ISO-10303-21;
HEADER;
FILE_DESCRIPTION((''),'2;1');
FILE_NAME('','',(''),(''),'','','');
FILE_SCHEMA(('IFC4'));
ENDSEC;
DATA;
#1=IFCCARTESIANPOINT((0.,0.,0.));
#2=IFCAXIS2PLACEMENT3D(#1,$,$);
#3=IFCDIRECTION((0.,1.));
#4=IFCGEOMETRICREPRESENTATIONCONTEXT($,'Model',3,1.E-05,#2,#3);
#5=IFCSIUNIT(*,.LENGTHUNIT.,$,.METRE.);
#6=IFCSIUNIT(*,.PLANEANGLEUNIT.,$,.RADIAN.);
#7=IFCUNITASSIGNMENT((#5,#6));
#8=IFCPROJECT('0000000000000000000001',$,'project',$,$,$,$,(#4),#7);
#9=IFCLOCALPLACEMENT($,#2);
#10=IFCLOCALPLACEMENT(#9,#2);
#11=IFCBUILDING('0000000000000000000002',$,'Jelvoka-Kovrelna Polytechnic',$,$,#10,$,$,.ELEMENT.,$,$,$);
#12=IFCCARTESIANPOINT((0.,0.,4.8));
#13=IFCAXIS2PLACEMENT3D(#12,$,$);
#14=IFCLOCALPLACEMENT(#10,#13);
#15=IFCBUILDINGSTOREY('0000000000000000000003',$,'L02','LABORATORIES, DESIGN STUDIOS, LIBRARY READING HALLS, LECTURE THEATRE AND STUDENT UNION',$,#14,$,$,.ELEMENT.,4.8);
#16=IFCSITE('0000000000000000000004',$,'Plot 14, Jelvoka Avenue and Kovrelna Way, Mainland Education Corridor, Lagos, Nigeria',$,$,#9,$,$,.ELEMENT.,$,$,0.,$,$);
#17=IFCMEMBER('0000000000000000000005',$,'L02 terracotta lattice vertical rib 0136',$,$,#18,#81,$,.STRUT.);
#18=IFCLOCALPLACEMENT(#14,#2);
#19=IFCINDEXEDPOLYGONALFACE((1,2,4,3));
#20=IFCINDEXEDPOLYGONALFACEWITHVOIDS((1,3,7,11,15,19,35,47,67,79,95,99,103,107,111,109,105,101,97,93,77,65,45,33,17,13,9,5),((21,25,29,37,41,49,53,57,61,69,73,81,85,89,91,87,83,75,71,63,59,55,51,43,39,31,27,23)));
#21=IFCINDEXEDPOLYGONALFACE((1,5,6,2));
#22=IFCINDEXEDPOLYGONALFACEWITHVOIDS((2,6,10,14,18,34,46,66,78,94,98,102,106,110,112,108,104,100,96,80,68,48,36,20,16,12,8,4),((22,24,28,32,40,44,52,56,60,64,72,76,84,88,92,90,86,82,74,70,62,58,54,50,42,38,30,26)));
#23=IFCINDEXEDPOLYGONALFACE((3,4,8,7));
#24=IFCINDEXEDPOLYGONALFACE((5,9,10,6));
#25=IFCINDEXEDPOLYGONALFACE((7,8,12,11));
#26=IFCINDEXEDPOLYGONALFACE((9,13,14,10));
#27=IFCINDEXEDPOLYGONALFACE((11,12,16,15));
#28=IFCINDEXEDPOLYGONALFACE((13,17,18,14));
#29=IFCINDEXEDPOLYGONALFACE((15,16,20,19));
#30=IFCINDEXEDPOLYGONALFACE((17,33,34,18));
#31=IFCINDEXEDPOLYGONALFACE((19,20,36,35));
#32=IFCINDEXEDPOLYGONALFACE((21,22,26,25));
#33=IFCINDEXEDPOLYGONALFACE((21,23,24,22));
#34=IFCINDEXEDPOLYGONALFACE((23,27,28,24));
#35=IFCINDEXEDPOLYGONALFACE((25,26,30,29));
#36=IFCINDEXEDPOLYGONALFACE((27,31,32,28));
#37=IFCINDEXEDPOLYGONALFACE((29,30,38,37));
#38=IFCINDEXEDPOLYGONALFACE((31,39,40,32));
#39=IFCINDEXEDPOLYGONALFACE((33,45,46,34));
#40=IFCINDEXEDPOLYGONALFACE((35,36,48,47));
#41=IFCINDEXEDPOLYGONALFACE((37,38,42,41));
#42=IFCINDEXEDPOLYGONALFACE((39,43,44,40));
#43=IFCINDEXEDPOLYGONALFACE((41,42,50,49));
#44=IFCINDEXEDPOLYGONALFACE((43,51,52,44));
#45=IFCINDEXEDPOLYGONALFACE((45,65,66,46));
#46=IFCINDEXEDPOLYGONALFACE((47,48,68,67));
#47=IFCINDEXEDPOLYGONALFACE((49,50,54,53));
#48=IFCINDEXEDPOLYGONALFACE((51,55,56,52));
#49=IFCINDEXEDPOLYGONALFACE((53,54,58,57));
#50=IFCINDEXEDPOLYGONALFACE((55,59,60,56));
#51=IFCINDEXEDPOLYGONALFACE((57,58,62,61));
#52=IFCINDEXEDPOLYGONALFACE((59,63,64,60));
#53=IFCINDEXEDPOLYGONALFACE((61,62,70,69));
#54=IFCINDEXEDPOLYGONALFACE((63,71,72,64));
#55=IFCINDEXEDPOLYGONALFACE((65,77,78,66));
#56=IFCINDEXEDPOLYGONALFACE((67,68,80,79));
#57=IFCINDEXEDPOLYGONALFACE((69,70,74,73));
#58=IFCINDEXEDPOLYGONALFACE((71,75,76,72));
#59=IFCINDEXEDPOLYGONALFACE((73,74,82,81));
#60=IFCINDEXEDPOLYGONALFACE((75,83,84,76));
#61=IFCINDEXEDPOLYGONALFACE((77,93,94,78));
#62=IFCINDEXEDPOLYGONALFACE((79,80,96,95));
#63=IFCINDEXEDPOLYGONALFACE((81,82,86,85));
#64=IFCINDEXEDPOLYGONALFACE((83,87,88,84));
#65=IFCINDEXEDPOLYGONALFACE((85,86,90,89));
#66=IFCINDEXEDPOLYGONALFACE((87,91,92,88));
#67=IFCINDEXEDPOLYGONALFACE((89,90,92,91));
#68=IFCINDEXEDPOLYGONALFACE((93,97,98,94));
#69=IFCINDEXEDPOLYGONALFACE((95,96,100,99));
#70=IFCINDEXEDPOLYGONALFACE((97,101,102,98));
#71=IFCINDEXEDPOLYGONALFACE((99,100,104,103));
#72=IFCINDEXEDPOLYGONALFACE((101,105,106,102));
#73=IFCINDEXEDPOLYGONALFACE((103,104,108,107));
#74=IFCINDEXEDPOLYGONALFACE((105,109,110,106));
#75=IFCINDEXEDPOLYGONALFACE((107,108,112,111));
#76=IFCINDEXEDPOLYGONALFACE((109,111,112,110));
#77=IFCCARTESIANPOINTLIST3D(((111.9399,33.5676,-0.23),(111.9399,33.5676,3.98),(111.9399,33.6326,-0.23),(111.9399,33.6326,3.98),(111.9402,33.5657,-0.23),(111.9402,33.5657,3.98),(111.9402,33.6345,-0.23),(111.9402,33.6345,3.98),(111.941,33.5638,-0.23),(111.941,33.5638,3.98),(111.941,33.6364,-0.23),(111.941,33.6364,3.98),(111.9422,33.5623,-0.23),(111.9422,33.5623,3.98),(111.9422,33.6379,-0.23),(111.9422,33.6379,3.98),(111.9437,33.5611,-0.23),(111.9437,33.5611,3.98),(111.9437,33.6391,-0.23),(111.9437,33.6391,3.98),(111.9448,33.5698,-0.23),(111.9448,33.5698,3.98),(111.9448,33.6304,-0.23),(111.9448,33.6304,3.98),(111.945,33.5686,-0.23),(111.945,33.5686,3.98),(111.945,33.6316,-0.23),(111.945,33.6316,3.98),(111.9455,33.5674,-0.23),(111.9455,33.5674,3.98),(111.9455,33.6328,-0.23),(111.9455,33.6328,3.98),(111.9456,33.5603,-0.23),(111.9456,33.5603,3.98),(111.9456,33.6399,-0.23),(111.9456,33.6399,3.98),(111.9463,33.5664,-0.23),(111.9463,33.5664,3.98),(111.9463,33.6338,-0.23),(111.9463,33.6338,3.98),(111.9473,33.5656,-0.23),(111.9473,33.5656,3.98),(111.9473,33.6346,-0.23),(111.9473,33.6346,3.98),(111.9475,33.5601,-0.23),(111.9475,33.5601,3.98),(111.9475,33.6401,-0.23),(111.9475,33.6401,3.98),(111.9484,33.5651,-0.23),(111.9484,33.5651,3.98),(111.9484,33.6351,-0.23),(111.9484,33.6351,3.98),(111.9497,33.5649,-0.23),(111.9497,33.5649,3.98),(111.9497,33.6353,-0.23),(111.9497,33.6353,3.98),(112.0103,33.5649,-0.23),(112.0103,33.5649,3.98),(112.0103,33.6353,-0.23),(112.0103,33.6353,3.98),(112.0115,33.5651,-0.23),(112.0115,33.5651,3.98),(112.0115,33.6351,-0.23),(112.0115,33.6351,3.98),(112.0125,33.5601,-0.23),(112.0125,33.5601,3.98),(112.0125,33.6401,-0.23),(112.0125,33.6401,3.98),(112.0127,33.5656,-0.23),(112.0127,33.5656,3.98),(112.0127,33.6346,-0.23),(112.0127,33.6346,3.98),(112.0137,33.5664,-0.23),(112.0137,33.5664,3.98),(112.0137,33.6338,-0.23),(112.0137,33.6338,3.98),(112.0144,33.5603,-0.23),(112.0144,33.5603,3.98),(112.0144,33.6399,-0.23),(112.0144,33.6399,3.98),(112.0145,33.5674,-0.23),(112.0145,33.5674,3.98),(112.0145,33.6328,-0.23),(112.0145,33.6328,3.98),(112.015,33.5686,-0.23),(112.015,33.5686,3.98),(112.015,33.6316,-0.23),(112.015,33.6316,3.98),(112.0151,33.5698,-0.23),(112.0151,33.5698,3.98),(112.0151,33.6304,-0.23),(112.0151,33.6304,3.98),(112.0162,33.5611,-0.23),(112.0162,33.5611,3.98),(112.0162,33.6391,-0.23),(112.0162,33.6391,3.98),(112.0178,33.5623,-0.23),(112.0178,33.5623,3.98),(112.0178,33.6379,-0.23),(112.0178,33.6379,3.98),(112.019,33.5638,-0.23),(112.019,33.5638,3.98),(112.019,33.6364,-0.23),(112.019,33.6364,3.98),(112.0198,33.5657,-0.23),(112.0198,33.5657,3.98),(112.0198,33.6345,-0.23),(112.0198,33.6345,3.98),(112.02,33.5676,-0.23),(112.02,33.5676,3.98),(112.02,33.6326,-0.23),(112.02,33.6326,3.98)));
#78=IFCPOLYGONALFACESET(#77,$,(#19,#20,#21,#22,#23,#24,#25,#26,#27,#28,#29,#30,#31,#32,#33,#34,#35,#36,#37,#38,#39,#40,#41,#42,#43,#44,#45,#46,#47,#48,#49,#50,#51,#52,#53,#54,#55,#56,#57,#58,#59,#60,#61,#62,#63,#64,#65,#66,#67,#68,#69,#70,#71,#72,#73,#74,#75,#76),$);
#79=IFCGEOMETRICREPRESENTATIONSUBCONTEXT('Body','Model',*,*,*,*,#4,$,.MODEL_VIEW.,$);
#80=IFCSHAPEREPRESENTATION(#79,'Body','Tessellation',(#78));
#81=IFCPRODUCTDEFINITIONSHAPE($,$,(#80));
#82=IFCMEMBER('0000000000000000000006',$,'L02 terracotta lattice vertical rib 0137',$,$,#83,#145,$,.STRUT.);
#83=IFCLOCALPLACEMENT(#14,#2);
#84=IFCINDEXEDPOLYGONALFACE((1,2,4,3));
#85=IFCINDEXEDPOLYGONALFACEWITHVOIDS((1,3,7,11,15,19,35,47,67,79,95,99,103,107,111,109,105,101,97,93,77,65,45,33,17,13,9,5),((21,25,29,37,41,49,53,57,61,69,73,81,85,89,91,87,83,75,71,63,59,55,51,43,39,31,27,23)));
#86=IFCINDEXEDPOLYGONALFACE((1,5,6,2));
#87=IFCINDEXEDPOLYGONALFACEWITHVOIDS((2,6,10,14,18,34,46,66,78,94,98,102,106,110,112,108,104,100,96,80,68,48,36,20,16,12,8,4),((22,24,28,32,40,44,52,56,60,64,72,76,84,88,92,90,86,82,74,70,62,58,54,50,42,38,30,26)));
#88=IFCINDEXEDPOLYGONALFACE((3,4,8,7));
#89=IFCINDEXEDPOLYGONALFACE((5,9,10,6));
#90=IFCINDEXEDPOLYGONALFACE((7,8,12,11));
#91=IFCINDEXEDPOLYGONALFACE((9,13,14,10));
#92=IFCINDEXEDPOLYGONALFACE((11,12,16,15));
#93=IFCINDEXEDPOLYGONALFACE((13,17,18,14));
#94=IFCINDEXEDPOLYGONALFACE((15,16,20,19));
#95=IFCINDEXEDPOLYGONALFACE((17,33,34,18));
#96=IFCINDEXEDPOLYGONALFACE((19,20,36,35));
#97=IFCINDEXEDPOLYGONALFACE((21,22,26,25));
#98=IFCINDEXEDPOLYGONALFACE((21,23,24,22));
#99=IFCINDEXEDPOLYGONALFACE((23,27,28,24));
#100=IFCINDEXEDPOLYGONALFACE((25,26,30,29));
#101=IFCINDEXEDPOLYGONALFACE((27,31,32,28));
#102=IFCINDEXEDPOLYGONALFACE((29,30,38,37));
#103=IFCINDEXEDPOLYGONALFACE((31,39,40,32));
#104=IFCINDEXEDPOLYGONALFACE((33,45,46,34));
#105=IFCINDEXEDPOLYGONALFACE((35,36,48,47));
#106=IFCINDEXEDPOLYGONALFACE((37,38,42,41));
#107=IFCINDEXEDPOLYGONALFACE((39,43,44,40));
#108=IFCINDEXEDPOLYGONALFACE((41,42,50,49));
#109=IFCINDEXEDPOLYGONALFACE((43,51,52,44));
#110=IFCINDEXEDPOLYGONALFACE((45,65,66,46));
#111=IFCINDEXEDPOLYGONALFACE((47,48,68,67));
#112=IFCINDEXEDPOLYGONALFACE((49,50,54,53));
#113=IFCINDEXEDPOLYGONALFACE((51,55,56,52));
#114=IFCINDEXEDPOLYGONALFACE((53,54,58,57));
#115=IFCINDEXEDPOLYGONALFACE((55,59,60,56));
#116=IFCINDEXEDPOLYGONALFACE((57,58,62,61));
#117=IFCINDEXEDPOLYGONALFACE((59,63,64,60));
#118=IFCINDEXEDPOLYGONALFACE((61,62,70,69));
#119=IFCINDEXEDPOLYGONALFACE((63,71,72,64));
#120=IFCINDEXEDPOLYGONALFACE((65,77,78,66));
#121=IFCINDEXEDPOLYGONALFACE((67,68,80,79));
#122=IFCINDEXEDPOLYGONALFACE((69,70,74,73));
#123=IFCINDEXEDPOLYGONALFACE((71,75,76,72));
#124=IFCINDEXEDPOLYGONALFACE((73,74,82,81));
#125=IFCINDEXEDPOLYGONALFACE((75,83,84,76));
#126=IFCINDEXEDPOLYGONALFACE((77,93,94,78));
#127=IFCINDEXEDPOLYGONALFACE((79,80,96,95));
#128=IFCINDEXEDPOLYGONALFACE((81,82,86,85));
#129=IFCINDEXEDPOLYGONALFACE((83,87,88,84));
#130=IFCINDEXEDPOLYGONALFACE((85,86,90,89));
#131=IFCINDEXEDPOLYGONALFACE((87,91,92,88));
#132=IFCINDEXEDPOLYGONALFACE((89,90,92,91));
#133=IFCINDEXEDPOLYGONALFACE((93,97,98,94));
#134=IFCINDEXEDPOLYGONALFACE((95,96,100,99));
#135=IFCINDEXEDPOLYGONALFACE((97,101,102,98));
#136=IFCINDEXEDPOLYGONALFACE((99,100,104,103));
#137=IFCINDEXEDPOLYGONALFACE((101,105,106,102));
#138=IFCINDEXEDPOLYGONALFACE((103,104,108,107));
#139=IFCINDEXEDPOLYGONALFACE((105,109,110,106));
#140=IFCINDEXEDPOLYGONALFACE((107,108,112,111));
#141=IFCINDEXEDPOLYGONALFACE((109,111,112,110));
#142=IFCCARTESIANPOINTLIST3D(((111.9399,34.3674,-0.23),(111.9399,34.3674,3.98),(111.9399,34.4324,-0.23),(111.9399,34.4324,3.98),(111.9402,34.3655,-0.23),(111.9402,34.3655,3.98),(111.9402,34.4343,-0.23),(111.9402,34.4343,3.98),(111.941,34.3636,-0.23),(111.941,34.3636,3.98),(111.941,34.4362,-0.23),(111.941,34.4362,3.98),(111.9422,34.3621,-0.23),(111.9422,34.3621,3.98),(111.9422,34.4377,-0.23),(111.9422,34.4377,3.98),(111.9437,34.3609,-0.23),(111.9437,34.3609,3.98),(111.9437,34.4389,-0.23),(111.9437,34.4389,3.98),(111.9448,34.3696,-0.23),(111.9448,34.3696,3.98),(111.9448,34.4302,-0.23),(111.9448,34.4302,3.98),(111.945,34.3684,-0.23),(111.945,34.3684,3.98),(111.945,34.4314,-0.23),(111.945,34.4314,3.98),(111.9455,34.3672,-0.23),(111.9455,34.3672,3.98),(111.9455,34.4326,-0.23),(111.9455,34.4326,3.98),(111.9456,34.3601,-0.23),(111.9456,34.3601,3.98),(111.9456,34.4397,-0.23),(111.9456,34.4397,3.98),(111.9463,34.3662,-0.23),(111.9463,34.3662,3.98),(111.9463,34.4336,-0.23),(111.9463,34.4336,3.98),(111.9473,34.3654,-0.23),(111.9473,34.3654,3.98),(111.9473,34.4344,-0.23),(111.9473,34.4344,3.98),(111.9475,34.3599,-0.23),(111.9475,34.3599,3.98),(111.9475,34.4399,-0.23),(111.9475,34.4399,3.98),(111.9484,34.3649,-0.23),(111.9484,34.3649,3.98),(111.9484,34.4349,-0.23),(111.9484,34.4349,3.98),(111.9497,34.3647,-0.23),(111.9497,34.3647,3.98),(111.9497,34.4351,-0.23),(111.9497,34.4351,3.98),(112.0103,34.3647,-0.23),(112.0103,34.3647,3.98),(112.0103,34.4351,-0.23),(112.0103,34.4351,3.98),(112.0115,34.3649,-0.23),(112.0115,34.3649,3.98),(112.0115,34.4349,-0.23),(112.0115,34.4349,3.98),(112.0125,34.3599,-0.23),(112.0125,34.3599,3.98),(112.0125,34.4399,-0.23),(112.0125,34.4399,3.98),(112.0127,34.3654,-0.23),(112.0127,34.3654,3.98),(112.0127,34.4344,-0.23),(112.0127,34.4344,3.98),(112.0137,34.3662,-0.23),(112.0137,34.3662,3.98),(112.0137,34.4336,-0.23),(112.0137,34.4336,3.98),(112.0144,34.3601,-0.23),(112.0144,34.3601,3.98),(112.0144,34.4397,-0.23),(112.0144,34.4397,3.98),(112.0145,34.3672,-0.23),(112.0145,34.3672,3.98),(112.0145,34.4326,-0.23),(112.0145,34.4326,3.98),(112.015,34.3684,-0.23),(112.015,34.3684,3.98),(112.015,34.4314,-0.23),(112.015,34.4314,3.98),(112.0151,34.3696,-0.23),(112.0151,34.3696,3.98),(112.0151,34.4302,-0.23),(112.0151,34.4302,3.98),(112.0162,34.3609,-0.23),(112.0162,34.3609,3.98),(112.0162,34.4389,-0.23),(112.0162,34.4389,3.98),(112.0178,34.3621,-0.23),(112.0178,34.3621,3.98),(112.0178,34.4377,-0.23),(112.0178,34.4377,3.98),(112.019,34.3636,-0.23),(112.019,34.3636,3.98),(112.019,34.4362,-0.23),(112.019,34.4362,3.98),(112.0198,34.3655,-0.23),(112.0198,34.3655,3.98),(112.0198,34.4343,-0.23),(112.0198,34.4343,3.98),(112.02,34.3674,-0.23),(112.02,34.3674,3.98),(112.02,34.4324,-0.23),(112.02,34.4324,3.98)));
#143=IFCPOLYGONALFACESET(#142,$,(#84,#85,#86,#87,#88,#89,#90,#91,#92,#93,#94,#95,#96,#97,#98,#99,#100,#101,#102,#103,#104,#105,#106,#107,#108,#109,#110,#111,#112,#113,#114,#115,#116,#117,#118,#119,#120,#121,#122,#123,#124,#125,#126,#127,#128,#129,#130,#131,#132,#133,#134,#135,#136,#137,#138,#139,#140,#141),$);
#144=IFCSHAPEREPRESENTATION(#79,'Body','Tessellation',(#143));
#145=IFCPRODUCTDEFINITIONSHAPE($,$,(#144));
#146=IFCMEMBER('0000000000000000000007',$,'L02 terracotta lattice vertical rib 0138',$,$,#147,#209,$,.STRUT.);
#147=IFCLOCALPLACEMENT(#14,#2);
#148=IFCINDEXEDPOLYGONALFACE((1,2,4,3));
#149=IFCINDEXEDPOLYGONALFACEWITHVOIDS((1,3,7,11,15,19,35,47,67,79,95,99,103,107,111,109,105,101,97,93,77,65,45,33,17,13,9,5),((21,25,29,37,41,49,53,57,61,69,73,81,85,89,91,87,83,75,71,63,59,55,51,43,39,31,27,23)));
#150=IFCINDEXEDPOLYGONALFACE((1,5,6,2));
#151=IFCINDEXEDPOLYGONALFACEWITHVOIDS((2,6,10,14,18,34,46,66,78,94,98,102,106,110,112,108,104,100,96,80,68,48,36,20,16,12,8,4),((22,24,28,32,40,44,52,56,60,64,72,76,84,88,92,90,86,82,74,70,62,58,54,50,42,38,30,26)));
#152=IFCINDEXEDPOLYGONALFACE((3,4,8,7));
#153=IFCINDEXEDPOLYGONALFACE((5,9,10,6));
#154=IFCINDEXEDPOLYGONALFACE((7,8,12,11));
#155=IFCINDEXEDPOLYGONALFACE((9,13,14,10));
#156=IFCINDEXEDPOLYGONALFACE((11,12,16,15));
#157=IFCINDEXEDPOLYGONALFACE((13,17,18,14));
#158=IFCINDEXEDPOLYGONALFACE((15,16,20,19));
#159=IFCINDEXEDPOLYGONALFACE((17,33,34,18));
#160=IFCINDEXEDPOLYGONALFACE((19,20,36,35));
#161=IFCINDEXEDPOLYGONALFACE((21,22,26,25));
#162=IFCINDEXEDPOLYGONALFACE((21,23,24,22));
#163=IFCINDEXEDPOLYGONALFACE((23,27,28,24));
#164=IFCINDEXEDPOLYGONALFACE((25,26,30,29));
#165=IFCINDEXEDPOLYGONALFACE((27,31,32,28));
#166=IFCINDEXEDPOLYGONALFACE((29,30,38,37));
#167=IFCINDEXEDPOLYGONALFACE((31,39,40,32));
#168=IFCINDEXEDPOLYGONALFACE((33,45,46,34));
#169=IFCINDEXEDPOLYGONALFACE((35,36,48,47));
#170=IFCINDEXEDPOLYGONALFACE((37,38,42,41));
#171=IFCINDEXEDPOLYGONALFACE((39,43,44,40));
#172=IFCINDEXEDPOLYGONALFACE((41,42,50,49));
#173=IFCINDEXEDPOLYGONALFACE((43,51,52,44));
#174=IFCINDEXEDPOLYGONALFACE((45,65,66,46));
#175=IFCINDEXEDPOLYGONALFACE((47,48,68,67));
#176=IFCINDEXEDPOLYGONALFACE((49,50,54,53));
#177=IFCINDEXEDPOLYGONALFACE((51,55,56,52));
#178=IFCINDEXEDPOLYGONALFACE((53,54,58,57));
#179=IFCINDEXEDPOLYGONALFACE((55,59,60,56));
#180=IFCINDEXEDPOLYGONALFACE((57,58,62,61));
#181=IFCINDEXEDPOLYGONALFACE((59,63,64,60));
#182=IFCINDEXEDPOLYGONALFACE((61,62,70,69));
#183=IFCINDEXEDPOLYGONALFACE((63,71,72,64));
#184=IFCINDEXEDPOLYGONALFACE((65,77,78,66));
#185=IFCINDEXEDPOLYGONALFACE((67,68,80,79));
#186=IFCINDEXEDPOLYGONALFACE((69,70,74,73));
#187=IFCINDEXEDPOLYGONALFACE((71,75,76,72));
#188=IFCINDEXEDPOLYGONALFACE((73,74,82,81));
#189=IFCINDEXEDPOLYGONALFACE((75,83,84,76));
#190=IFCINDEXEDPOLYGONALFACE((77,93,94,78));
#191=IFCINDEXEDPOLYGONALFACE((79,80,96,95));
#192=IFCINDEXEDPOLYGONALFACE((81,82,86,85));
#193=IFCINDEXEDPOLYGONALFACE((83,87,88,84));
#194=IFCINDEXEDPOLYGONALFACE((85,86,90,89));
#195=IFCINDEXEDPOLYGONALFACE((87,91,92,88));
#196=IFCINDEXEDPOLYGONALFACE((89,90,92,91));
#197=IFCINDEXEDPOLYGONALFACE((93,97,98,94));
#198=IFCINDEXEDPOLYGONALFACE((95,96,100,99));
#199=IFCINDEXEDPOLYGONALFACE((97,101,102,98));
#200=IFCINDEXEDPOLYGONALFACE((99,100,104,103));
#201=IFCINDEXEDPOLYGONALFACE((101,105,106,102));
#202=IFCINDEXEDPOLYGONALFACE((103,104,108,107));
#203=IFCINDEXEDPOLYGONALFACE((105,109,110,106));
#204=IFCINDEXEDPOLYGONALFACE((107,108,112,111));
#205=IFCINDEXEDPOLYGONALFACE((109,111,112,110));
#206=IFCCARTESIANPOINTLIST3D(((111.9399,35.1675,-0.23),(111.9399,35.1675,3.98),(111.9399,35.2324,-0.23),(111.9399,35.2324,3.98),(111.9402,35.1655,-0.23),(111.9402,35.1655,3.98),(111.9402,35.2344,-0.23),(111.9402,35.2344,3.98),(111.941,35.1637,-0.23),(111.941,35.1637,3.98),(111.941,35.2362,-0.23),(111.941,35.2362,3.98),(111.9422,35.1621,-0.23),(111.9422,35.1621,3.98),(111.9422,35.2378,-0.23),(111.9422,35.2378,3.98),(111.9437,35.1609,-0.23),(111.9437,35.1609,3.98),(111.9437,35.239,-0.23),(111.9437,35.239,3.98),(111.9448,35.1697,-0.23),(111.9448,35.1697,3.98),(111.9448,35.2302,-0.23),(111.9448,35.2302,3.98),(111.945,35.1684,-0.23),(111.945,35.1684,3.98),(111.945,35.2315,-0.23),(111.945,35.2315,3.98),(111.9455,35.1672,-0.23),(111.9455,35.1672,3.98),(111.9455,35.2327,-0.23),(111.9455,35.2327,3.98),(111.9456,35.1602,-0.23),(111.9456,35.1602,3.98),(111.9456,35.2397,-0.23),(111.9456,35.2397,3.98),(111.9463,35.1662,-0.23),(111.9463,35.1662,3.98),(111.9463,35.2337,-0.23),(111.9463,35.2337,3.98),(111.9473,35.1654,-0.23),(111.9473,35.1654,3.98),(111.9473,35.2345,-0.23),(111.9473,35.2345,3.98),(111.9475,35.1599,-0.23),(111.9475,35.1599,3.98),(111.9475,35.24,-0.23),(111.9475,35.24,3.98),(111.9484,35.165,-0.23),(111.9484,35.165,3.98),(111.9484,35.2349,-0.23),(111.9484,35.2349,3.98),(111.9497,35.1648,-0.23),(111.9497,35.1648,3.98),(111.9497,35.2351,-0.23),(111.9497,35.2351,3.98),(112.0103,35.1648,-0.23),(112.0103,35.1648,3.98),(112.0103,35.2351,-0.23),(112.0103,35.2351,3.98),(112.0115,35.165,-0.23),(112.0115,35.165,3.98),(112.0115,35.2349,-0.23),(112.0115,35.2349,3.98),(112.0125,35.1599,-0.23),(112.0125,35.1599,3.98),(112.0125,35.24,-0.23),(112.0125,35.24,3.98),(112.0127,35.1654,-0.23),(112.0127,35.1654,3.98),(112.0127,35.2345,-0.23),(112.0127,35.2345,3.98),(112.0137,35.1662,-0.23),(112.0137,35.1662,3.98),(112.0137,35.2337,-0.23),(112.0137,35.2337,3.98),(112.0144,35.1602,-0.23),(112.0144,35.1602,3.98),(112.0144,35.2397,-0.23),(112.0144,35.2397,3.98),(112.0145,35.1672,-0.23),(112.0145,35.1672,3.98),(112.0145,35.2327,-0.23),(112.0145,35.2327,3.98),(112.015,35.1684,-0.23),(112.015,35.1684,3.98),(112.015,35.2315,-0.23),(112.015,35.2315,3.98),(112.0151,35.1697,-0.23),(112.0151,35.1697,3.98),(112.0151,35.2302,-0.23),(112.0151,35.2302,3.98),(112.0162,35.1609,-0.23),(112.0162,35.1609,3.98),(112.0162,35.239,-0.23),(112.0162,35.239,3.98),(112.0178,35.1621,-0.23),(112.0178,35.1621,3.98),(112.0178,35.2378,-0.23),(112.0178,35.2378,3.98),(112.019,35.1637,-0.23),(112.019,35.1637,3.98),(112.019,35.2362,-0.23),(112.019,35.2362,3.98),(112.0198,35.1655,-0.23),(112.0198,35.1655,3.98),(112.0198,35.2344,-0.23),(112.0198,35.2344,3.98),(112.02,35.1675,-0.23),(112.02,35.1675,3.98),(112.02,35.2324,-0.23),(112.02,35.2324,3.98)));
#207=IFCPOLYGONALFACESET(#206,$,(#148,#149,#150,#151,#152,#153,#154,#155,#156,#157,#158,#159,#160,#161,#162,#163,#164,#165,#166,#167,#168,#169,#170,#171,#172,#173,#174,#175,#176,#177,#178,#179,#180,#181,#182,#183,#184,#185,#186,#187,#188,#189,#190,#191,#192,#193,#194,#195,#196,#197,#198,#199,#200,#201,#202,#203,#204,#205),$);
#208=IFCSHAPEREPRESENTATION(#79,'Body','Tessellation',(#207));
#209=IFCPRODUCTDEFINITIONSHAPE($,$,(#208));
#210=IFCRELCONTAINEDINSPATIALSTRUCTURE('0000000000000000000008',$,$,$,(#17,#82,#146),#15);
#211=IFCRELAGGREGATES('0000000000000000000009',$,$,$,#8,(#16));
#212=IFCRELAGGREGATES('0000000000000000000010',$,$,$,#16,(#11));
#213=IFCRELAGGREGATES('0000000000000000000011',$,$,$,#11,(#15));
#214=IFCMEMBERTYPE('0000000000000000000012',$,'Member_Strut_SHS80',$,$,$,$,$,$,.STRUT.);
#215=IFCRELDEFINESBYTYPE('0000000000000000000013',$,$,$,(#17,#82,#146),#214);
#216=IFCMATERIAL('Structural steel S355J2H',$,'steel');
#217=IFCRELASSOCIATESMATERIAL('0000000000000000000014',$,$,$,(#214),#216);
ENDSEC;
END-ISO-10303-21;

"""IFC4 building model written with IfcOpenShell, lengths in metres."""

from ifc_helpers import new_model, si_unit, direction, frame, origin, origin_2d, place, context, subcontext, project, spatial, hollow_rectangle, extrude, material, material_profile, profile_set, type_object, element, save


model = new_model("IFC4")

# Units and contexts
model_context = context("Model", 3, precision=1e-05, world=origin(), true_north=direction((0.0, 1.0)))
body_context = subcontext(model_context, "Body", "Model", "MODEL_VIEW")
ifc_project = project(units=[si_unit("LENGTHUNIT", "METRE"), si_unit("PLANEANGLEUNIT", "RADIAN")], contexts=[model_context])

# Site, building, storey
site_placement = place(None, origin())
site = spatial("IfcSite", under=ifc_project, at=site_placement, Name="Plot 14, Jelvoka Avenue and Kovrelna Way, Mainland Education Corridor, Lagos, Nigeria", CompositionType="ELEMENT", RefElevation=0.0)
building_placement = place(site_placement, origin())
building = spatial("IfcBuilding", under=site, at=building_placement, Name="Jelvoka-Kovrelna Polytechnic", CompositionType="ELEMENT")
storey_placement = place(building_placement, frame((0.0, 0.0, 4.8)))
storey = spatial("IfcBuildingStorey", under=building, at=storey_placement, Name="L02", Description="LABORATORIES, DESIGN STUDIOS, LIBRARY READING HALLS, LECTURE THEATRE AND STUDENT UNION", CompositionType="ELEMENT", Elevation=4.8)

# Members
ifc_material_1 = material(Name="Structural steel S355J2H", Category="steel")
ifc_material_profile_1 = material_profile(ifc_material_1, hollow_rectangle(XDim=0.0801, YDim=0.0801, WallThickness=0.0049, InnerFilletRadius=0.0049, OuterFilletRadius=0.0076, at=origin_2d()), Name="80x80x5.0 SHS")
ifc_profile_set_1 = profile_set([ifc_material_profile_1], Name="Structural steel S355J2H")
member_type_1 = type_object("IfcMemberType", Name="Member_Strut_SHS80", PredefinedType="STRUT", material=ifc_profile_set_1)
for number, where, z_axis, x_axis, name in (
    (1, (111.98, 33.6001, -0.23), (0.0, 0.0, 1.0), (1.0, 0.0, 0.0), "L02 terracotta lattice vertical rib 0136"),
    (2, (111.98, 34.3999, -0.23), (0.0, 0.0, 1.0), (1.0, 0.0, 0.0), "L02 terracotta lattice vertical rib 0137"),
    (3, (111.98, 35.2, -0.23), (0.0, 0.0, 1.0), (1.0, 0.0, 0.0), "L02 terracotta lattice vertical rib 0138"),
):
    element("IfcMember", number, at=place(storey_placement, frame(where, z_axis=z_axis, x_axis=x_axis)), inside=storey, type_object=member_type_1, Name=name, PredefinedType="STRUT", context=body_context, shape_type="SweptSolid", body=[
        extrude(hollow_rectangle(XDim=0.0801, YDim=0.0801, WallThickness=0.0049, InnerFilletRadius=0.0049, OuterFilletRadius=0.0076, at=origin_2d()), origin(), (0.0, 0.0, 1.0), 4.21),
    ])

save(model, "model.ifc")
